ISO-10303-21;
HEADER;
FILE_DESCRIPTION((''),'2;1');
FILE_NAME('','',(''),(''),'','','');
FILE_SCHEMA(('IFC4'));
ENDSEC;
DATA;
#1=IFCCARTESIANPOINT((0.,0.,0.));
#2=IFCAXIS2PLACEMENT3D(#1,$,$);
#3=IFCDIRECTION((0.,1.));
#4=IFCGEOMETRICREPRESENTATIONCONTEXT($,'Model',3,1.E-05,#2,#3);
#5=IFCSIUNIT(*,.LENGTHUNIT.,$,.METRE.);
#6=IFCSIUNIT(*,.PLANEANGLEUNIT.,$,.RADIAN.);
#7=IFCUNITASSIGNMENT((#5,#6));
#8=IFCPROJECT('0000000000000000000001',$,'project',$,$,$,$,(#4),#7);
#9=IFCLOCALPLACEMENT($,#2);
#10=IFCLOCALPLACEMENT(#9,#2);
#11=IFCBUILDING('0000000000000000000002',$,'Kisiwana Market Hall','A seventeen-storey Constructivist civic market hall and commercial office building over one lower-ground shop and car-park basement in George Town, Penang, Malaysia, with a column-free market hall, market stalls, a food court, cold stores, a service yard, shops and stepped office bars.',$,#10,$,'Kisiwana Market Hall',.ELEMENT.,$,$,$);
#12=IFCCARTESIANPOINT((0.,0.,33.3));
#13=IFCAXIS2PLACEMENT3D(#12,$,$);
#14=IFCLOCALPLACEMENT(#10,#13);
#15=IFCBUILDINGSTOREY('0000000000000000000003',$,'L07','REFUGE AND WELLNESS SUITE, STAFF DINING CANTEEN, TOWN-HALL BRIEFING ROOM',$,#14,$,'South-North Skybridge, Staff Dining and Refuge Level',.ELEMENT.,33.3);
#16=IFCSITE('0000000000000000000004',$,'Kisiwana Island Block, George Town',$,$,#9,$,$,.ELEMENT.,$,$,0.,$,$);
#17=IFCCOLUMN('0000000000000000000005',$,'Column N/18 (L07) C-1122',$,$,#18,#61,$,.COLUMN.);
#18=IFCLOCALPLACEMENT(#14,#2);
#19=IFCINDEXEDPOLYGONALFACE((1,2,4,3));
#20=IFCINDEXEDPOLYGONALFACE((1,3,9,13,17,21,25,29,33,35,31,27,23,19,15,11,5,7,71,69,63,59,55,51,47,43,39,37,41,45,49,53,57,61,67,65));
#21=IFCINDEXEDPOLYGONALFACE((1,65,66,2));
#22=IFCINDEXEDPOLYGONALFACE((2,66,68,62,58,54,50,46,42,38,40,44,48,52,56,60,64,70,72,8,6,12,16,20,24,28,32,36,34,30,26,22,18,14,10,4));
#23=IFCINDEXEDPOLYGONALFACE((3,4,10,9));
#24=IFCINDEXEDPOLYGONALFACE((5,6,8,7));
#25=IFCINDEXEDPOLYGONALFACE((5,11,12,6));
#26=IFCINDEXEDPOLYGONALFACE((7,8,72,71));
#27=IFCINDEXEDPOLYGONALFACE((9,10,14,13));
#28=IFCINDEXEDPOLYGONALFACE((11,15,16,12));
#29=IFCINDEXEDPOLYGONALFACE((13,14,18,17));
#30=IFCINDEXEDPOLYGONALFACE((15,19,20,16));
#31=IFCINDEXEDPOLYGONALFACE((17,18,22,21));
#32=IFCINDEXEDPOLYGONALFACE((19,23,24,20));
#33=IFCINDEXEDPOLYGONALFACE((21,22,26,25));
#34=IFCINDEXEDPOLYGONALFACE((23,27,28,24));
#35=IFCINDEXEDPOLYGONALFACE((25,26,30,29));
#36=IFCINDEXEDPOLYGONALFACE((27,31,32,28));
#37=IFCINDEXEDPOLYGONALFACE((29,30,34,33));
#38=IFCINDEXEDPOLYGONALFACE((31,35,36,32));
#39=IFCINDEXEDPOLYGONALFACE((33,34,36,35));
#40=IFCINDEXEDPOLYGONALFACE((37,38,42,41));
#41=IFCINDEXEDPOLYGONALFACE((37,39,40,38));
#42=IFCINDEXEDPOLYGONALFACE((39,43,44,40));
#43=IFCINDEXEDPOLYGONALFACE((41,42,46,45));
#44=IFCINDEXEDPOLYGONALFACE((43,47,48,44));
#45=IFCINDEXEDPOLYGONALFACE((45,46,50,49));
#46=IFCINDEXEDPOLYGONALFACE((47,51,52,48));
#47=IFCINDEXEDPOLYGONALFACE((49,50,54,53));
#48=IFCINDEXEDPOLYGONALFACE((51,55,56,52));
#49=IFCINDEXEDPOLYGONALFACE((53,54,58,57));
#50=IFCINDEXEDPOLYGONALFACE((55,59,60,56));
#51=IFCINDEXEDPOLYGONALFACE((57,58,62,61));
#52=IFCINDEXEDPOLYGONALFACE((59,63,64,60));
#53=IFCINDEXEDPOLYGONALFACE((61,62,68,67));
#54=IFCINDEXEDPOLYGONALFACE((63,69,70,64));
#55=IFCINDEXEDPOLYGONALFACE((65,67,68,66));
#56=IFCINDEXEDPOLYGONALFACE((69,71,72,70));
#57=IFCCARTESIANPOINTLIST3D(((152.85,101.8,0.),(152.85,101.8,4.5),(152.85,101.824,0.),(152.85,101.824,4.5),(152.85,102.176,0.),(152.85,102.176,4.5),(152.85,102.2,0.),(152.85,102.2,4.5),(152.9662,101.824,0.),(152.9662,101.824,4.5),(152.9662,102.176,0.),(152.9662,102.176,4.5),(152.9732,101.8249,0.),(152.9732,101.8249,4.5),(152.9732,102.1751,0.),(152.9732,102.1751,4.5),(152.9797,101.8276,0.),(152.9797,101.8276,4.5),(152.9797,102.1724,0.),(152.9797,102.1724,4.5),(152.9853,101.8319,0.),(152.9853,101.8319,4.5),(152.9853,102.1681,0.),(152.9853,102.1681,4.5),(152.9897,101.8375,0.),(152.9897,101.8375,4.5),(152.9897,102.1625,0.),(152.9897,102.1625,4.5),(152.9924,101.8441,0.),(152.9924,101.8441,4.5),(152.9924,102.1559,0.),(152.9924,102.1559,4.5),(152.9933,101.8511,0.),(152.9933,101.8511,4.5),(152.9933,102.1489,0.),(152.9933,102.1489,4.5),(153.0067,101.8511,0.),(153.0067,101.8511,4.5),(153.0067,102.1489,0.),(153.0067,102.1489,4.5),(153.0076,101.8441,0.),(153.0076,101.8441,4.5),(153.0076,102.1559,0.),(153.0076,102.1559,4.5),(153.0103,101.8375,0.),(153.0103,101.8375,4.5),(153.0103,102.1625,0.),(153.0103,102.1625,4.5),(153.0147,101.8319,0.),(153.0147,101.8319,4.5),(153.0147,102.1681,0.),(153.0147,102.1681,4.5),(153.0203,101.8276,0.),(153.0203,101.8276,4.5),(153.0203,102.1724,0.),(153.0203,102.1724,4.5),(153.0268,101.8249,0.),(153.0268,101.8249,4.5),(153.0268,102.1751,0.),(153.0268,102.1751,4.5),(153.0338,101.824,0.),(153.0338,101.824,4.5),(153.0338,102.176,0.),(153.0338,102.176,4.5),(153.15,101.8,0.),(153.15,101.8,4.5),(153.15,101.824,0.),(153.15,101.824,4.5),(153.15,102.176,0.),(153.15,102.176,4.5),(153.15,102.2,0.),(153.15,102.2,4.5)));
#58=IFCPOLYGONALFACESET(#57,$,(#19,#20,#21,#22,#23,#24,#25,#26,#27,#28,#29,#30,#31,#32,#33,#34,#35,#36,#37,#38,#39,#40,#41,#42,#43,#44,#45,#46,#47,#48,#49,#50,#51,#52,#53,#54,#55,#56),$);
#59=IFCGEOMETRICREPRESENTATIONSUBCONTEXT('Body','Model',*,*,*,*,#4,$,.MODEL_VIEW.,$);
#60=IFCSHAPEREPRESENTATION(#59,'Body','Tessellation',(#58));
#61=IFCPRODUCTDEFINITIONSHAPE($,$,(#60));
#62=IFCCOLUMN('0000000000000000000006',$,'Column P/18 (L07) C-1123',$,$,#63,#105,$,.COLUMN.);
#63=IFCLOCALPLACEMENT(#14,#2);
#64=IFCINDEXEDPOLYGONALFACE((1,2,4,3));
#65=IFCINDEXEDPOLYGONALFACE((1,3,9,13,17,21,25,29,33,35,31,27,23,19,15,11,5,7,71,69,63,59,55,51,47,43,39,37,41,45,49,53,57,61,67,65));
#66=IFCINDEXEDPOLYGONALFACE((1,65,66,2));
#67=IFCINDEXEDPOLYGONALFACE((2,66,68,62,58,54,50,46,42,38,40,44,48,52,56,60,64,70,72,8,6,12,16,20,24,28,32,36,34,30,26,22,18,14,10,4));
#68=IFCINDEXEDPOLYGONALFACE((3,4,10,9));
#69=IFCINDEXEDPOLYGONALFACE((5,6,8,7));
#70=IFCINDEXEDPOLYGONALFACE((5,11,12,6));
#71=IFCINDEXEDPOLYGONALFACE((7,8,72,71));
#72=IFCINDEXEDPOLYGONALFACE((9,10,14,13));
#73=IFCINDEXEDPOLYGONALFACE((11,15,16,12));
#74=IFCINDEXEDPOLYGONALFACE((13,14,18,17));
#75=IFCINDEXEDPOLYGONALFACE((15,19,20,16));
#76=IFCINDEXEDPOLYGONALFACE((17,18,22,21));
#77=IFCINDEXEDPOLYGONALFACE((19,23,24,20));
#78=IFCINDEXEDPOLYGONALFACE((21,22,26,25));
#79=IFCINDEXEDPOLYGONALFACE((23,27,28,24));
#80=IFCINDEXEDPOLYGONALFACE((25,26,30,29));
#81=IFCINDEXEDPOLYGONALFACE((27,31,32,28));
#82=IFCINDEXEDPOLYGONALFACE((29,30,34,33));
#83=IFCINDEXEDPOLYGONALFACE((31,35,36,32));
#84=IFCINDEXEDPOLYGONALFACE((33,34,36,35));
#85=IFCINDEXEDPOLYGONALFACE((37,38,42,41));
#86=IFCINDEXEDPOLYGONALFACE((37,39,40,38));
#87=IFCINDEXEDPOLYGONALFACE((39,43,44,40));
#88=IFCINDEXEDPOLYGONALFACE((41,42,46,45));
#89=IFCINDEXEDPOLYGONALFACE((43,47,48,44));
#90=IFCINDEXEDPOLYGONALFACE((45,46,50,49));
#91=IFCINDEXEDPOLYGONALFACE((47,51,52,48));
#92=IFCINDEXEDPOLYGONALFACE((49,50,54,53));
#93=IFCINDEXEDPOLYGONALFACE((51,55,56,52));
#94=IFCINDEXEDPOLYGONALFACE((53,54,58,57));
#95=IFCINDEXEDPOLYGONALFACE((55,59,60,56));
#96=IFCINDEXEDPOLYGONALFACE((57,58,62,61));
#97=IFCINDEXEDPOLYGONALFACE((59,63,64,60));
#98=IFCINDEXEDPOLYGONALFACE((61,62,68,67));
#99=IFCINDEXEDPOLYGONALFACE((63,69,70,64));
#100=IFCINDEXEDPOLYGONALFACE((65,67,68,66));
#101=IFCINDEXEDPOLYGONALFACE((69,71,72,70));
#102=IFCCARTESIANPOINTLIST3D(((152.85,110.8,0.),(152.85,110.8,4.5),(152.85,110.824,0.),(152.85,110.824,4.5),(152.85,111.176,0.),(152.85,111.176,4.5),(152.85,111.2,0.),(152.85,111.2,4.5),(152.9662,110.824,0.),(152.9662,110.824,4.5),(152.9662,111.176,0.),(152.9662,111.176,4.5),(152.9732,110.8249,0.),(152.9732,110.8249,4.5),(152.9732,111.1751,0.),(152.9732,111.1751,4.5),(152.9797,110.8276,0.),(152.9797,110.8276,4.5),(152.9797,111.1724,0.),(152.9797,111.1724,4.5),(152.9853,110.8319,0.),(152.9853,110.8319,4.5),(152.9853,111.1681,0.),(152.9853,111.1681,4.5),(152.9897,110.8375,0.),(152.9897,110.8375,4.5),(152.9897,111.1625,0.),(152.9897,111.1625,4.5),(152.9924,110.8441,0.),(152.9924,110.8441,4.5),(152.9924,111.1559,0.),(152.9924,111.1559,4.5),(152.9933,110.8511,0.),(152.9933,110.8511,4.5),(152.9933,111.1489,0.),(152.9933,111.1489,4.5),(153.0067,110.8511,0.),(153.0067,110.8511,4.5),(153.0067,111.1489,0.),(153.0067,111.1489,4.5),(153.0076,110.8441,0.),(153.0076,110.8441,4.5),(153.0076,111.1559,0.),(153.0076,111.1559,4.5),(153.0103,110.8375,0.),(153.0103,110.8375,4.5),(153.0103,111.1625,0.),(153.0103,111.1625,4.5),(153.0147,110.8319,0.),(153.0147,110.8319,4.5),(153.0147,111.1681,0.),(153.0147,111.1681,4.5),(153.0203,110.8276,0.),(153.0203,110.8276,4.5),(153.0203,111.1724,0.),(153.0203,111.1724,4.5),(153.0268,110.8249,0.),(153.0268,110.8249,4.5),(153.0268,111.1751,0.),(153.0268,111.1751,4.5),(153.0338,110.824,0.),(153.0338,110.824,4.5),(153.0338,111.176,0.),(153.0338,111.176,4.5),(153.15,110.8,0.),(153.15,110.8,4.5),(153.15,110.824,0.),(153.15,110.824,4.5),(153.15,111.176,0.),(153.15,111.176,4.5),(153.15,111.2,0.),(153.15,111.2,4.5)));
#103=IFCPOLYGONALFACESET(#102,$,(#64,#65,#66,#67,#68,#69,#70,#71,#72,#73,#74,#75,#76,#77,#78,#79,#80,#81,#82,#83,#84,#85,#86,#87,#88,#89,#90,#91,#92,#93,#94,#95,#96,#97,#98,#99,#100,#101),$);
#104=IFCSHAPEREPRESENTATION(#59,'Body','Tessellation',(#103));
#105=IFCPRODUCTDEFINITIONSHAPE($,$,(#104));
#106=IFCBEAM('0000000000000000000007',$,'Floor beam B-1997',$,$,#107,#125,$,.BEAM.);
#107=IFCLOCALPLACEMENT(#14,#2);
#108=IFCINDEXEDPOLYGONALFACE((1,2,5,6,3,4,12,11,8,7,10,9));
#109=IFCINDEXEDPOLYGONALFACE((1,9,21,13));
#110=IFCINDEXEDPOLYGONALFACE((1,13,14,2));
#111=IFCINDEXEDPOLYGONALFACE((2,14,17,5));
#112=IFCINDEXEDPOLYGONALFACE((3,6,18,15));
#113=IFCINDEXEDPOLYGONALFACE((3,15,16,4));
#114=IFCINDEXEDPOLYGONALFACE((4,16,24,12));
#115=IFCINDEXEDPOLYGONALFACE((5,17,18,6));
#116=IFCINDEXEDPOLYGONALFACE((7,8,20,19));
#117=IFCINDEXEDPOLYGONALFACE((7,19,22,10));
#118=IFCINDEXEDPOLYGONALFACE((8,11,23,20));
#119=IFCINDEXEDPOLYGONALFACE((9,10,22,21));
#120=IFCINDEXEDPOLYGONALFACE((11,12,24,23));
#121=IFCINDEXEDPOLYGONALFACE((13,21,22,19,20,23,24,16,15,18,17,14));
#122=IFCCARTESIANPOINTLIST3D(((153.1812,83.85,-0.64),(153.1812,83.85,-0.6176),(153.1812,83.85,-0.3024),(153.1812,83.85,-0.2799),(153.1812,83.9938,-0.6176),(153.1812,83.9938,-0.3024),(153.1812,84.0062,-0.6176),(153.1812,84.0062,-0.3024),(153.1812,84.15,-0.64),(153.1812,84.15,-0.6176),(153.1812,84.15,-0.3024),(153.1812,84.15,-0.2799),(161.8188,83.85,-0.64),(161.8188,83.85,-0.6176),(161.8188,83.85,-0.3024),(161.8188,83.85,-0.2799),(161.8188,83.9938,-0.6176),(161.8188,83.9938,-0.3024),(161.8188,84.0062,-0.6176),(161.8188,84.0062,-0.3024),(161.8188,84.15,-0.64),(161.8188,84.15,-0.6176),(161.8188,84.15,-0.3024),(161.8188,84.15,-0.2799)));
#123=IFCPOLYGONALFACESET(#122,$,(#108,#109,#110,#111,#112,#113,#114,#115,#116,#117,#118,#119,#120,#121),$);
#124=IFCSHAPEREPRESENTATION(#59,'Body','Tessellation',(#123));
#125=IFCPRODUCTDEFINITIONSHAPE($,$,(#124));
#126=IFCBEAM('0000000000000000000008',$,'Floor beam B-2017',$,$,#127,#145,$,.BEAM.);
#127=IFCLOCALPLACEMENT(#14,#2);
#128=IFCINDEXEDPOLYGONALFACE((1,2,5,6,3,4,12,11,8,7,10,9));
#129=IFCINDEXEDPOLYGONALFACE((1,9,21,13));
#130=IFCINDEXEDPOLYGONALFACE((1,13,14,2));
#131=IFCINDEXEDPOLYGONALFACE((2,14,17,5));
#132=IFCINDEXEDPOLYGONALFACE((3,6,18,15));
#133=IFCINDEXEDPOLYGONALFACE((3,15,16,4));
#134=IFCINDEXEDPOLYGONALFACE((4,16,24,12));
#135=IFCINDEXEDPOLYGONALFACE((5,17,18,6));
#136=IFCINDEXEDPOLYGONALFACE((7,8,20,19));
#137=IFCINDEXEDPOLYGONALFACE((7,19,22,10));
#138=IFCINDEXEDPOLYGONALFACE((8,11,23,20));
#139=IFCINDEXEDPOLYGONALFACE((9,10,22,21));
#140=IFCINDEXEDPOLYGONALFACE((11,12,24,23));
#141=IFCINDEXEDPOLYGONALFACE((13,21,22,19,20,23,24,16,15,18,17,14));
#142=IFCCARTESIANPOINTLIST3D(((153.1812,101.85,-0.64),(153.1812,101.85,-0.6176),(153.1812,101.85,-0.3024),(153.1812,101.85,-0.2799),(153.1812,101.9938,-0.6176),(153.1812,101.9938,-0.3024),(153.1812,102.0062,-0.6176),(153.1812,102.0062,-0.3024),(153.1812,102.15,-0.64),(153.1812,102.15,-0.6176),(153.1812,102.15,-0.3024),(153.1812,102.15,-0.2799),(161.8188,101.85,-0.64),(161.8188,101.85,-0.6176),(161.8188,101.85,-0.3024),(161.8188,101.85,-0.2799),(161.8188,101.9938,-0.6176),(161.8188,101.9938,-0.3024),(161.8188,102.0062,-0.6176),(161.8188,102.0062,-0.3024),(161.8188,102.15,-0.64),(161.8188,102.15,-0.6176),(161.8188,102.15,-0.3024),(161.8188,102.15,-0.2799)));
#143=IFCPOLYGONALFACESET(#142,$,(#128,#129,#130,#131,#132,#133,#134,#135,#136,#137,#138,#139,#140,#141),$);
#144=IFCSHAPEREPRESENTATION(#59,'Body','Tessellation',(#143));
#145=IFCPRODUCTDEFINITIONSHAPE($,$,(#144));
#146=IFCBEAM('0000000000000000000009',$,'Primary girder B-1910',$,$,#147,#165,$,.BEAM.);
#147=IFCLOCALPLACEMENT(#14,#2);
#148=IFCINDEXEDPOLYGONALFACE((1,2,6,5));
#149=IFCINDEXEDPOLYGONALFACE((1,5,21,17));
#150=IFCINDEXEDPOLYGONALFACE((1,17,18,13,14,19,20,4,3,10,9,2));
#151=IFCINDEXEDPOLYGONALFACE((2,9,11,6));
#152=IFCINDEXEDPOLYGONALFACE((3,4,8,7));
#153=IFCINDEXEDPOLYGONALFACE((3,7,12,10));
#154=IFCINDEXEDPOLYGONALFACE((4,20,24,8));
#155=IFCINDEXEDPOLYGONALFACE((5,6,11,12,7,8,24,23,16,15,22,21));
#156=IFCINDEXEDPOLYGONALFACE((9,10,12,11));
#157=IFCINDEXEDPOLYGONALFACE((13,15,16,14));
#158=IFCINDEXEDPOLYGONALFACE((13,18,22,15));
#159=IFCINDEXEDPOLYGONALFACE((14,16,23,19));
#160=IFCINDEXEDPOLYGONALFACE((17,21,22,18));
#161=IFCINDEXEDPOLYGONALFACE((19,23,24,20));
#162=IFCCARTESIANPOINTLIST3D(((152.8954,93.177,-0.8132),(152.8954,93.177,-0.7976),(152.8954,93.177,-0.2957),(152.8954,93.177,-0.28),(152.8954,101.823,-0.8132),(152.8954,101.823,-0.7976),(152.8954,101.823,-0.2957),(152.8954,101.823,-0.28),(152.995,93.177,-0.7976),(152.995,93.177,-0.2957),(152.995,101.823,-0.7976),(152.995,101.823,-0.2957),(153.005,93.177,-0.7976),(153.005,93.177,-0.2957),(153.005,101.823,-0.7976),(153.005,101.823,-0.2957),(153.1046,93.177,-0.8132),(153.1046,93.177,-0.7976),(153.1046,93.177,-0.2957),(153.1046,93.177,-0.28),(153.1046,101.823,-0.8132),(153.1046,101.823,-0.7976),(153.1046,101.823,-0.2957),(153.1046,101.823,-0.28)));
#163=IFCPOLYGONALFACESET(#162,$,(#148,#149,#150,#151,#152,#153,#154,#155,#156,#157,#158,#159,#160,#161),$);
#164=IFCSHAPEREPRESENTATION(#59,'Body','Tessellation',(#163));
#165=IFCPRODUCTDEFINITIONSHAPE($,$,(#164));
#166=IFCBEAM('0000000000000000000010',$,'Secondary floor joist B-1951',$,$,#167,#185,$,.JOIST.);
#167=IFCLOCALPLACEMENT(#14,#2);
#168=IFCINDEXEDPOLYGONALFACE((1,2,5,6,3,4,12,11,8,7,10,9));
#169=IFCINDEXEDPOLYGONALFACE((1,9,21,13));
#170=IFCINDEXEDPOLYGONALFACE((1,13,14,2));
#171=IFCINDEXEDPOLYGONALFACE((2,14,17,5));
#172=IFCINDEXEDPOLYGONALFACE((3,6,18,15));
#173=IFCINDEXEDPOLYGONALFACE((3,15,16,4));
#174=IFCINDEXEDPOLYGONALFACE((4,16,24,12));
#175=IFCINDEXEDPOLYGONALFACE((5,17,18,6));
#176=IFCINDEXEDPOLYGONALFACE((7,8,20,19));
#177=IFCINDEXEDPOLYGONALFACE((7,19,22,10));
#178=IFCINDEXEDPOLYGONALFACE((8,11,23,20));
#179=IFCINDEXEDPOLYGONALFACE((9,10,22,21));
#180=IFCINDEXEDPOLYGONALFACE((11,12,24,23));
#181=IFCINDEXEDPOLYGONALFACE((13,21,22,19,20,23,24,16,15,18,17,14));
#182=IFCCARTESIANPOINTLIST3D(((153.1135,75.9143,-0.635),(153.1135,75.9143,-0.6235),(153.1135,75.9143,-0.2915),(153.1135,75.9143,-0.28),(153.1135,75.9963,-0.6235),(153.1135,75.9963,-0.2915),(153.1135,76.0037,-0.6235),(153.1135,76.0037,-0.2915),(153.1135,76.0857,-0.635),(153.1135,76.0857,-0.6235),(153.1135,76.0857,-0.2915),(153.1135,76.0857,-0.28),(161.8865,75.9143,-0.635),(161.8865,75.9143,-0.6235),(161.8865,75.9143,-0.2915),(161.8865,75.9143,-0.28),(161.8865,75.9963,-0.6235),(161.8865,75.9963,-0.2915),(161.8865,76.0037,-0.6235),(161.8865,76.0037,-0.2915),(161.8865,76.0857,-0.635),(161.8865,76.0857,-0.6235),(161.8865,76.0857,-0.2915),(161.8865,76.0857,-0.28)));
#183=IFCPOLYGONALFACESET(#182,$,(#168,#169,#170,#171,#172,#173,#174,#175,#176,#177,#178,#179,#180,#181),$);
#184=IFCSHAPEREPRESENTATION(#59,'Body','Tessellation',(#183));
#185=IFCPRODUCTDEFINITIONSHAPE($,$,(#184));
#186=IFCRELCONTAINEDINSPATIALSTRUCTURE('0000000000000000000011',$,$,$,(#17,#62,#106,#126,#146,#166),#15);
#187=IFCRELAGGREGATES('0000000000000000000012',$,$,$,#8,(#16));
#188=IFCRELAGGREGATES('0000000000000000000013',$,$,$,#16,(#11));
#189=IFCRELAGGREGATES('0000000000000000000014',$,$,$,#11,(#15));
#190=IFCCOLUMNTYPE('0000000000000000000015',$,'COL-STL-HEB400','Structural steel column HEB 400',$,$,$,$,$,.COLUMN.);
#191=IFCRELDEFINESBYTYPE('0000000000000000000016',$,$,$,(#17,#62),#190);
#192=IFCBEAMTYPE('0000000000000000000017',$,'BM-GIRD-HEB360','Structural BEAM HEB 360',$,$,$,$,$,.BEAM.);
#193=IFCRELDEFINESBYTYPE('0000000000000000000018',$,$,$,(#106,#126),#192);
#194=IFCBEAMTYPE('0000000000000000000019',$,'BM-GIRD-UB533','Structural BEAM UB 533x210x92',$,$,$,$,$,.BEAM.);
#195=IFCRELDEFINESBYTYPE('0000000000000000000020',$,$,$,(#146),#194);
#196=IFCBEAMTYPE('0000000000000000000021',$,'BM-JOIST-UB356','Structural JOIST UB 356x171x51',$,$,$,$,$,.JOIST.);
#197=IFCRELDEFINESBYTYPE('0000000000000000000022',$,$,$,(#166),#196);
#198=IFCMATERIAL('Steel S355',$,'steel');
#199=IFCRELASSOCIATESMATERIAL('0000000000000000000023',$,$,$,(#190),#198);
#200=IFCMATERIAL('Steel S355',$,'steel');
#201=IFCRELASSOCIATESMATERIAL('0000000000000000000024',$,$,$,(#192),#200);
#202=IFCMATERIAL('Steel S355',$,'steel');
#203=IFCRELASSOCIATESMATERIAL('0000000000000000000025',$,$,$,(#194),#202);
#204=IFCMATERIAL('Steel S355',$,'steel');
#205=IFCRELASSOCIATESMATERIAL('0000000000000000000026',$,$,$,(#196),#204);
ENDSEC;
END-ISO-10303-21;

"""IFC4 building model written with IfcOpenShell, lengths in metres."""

from ifc_helpers import new_model, si_unit, direction, frame, origin, origin_2d, place, context, subcontext, project, spatial, i_section, extrude, material, material_profile, profile_set, type_object, element, save


model = new_model("IFC4")

# Units and contexts
model_context = context("Model", 3, precision=1e-05, world=origin(), true_north=direction((0.0, 1.0)))
body_context = subcontext(model_context, "Body", "Model", "MODEL_VIEW")
ifc_project = project(units=[si_unit("LENGTHUNIT", "METRE"), si_unit("PLANEANGLEUNIT", "RADIAN")], contexts=[model_context])

# Site, building, storey
site_placement = place(None, origin())
site = spatial("IfcSite", under=ifc_project, at=site_placement, Name="Kisiwana Island Block, George Town", CompositionType="ELEMENT", RefElevation=0.0)
building_placement = place(site_placement, origin())
building = spatial("IfcBuilding", under=site, at=building_placement, Name="Kisiwana Market Hall", Description="A seventeen-storey Constructivist civic market hall and commercial office building over one lower-ground shop and car-park basement in George Town, Penang, Malaysia, with a column-free market hall, market stalls, a food court, cold stores, a service yard, shops and stepped office bars.", LongName="Kisiwana Market Hall", CompositionType="ELEMENT")
storey_placement = place(building_placement, frame((0.0, 0.0, 33.3)))
storey = spatial("IfcBuildingStorey", under=building, at=storey_placement, Name="L07", Description="REFUGE AND WELLNESS SUITE, STAFF DINING CANTEEN, TOWN-HALL BRIEFING ROOM", LongName="South-North Skybridge, Staff Dining and Refuge Level", CompositionType="ELEMENT", Elevation=33.3)

# Columns
ifc_material_1 = material(Name="Steel S355", Category="steel")
ifc_material_profile_1 = material_profile(ifc_material_1, i_section(OverallWidth=0.3, OverallDepth=0.3999, WebThickness=0.0134, FlangeThickness=0.0239, FilletRadius=0.0271, at=origin_2d()), Name="HEB 400")
ifc_profile_set_1 = profile_set([ifc_material_profile_1], Name="Steel S355")
column_type = type_object("IfcColumnType", Name="COL-STL-HEB400", Description="Structural steel column HEB 400", PredefinedType="COLUMN", material=ifc_profile_set_1)
for number, where, z_axis, x_axis, name in (
    (1, (153.0, 102.0, 0.0), (0.0, 0.0, 1.0), (1.0, 0.0, 0.0), "Column N/18 (L07) C-1122"),
    (2, (153.0, 111.0, 0.0), (0.0, 0.0, 1.0), (1.0, 0.0, 0.0), "Column P/18 (L07) C-1123"),
):
    element("IfcColumn", number, at=place(storey_placement, frame(where, z_axis=z_axis, x_axis=x_axis)), inside=storey, type_object=column_type, Name=name, PredefinedType="COLUMN", context=body_context, shape_type="SweptSolid", body=[
        extrude(i_section(OverallWidth=0.3, OverallDepth=0.3999, WebThickness=0.0134, FlangeThickness=0.0239, FilletRadius=0.0271, at=origin_2d()), origin(), (0.0, 0.0, 1.0), 4.5),
    ])

# Beams
ifc_material_2 = material(Name="Steel S355", Category="steel")
ifc_material_profile_2 = material_profile(ifc_material_2, i_section(OverallWidth=0.3, OverallDepth=0.3601, WebThickness=0.0125, FlangeThickness=0.0225, at=origin_2d()), Name="HEB 360")
ifc_profile_set_2 = profile_set([ifc_material_profile_2], Name="Steel S355")
beam_type_1 = type_object("IfcBeamType", Name="BM-GIRD-HEB360", Description="Structural BEAM HEB 360", PredefinedType="BEAM", material=ifc_profile_set_2)
for number, where, z_axis, x_axis, name in (
    (3, (153.1812, 84.0, -0.46), (1.0, 0.0, 0.0), (0.0, 1.0, 0.0), "Floor beam B-1997"),
    (4, (153.1812, 102.0, -0.46), (1.0, 0.0, 0.0), (0.0, 1.0, 0.0), "Floor beam B-2017"),
):
    element("IfcBeam", number, at=place(storey_placement, frame(where, z_axis=z_axis, x_axis=x_axis)), inside=storey, type_object=beam_type_1, Name=name, PredefinedType="BEAM", context=body_context, shape_type="SweptSolid", body=[
        extrude(i_section(OverallWidth=0.3, OverallDepth=0.3601, WebThickness=0.0125, FlangeThickness=0.0225, at=origin_2d()), origin(), (0.0, 0.0, 1.0), 8.6377),
    ])
ifc_material_3 = material(Name="Steel S355", Category="steel")
ifc_material_profile_3 = material_profile(ifc_material_3, i_section(OverallWidth=0.2092, OverallDepth=0.5332, WebThickness=0.01, FlangeThickness=0.0156, at=origin_2d()), Name="UB 533x210x92")
ifc_profile_set_3 = profile_set([ifc_material_profile_3], Name="Steel S355")
beam_type_2 = type_object("IfcBeamType", Name="BM-GIRD-UB533", Description="Structural BEAM UB 533x210x92", PredefinedType="BEAM", material=ifc_profile_set_3)
beam_1_placement = place(storey_placement, frame((153.0, 93.177, -0.5466), z_axis=(0.0, 1.0, 0.0), x_axis=(-1.0, 0.0, 0.0)))
element("IfcBeam", 5, at=beam_1_placement, inside=storey, type_object=beam_type_2, Name="Primary girder B-1910", PredefinedType="BEAM", context=body_context, shape_type="SweptSolid", body=[
    extrude(i_section(OverallWidth=0.2092, OverallDepth=0.5332, WebThickness=0.01, FlangeThickness=0.0156, at=origin_2d()), origin(), (0.0, 0.0, 1.0), 8.646),
])
ifc_material_4 = material(Name="Steel S355", Category="steel")
ifc_material_profile_4 = material_profile(ifc_material_4, i_section(OverallWidth=0.1714, OverallDepth=0.355, WebThickness=0.0073, FlangeThickness=0.0115, at=origin_2d()), Name="UB 356x171x51")
ifc_profile_set_4 = profile_set([ifc_material_profile_4], Name="Steel S355")
beam_type_3 = type_object("IfcBeamType", Name="BM-JOIST-UB356", Description="Structural JOIST UB 356x171x51", PredefinedType="JOIST", material=ifc_profile_set_4)
beam_2_placement = place(storey_placement, frame((153.1135, 76.0, -0.4575), z_axis=(1.0, 0.0, 0.0), x_axis=(0.0, 1.0, 0.0)))
element("IfcBeam", 6, at=beam_2_placement, inside=storey, type_object=beam_type_3, Name="Secondary floor joist B-1951", PredefinedType="JOIST", context=body_context, shape_type="SweptSolid", body=[
    extrude(i_section(OverallWidth=0.1714, OverallDepth=0.355, WebThickness=0.0073, FlangeThickness=0.0115, at=origin_2d()), origin(), (0.0, 0.0, 1.0), 8.7729),
])

save(model, "model.ifc")
